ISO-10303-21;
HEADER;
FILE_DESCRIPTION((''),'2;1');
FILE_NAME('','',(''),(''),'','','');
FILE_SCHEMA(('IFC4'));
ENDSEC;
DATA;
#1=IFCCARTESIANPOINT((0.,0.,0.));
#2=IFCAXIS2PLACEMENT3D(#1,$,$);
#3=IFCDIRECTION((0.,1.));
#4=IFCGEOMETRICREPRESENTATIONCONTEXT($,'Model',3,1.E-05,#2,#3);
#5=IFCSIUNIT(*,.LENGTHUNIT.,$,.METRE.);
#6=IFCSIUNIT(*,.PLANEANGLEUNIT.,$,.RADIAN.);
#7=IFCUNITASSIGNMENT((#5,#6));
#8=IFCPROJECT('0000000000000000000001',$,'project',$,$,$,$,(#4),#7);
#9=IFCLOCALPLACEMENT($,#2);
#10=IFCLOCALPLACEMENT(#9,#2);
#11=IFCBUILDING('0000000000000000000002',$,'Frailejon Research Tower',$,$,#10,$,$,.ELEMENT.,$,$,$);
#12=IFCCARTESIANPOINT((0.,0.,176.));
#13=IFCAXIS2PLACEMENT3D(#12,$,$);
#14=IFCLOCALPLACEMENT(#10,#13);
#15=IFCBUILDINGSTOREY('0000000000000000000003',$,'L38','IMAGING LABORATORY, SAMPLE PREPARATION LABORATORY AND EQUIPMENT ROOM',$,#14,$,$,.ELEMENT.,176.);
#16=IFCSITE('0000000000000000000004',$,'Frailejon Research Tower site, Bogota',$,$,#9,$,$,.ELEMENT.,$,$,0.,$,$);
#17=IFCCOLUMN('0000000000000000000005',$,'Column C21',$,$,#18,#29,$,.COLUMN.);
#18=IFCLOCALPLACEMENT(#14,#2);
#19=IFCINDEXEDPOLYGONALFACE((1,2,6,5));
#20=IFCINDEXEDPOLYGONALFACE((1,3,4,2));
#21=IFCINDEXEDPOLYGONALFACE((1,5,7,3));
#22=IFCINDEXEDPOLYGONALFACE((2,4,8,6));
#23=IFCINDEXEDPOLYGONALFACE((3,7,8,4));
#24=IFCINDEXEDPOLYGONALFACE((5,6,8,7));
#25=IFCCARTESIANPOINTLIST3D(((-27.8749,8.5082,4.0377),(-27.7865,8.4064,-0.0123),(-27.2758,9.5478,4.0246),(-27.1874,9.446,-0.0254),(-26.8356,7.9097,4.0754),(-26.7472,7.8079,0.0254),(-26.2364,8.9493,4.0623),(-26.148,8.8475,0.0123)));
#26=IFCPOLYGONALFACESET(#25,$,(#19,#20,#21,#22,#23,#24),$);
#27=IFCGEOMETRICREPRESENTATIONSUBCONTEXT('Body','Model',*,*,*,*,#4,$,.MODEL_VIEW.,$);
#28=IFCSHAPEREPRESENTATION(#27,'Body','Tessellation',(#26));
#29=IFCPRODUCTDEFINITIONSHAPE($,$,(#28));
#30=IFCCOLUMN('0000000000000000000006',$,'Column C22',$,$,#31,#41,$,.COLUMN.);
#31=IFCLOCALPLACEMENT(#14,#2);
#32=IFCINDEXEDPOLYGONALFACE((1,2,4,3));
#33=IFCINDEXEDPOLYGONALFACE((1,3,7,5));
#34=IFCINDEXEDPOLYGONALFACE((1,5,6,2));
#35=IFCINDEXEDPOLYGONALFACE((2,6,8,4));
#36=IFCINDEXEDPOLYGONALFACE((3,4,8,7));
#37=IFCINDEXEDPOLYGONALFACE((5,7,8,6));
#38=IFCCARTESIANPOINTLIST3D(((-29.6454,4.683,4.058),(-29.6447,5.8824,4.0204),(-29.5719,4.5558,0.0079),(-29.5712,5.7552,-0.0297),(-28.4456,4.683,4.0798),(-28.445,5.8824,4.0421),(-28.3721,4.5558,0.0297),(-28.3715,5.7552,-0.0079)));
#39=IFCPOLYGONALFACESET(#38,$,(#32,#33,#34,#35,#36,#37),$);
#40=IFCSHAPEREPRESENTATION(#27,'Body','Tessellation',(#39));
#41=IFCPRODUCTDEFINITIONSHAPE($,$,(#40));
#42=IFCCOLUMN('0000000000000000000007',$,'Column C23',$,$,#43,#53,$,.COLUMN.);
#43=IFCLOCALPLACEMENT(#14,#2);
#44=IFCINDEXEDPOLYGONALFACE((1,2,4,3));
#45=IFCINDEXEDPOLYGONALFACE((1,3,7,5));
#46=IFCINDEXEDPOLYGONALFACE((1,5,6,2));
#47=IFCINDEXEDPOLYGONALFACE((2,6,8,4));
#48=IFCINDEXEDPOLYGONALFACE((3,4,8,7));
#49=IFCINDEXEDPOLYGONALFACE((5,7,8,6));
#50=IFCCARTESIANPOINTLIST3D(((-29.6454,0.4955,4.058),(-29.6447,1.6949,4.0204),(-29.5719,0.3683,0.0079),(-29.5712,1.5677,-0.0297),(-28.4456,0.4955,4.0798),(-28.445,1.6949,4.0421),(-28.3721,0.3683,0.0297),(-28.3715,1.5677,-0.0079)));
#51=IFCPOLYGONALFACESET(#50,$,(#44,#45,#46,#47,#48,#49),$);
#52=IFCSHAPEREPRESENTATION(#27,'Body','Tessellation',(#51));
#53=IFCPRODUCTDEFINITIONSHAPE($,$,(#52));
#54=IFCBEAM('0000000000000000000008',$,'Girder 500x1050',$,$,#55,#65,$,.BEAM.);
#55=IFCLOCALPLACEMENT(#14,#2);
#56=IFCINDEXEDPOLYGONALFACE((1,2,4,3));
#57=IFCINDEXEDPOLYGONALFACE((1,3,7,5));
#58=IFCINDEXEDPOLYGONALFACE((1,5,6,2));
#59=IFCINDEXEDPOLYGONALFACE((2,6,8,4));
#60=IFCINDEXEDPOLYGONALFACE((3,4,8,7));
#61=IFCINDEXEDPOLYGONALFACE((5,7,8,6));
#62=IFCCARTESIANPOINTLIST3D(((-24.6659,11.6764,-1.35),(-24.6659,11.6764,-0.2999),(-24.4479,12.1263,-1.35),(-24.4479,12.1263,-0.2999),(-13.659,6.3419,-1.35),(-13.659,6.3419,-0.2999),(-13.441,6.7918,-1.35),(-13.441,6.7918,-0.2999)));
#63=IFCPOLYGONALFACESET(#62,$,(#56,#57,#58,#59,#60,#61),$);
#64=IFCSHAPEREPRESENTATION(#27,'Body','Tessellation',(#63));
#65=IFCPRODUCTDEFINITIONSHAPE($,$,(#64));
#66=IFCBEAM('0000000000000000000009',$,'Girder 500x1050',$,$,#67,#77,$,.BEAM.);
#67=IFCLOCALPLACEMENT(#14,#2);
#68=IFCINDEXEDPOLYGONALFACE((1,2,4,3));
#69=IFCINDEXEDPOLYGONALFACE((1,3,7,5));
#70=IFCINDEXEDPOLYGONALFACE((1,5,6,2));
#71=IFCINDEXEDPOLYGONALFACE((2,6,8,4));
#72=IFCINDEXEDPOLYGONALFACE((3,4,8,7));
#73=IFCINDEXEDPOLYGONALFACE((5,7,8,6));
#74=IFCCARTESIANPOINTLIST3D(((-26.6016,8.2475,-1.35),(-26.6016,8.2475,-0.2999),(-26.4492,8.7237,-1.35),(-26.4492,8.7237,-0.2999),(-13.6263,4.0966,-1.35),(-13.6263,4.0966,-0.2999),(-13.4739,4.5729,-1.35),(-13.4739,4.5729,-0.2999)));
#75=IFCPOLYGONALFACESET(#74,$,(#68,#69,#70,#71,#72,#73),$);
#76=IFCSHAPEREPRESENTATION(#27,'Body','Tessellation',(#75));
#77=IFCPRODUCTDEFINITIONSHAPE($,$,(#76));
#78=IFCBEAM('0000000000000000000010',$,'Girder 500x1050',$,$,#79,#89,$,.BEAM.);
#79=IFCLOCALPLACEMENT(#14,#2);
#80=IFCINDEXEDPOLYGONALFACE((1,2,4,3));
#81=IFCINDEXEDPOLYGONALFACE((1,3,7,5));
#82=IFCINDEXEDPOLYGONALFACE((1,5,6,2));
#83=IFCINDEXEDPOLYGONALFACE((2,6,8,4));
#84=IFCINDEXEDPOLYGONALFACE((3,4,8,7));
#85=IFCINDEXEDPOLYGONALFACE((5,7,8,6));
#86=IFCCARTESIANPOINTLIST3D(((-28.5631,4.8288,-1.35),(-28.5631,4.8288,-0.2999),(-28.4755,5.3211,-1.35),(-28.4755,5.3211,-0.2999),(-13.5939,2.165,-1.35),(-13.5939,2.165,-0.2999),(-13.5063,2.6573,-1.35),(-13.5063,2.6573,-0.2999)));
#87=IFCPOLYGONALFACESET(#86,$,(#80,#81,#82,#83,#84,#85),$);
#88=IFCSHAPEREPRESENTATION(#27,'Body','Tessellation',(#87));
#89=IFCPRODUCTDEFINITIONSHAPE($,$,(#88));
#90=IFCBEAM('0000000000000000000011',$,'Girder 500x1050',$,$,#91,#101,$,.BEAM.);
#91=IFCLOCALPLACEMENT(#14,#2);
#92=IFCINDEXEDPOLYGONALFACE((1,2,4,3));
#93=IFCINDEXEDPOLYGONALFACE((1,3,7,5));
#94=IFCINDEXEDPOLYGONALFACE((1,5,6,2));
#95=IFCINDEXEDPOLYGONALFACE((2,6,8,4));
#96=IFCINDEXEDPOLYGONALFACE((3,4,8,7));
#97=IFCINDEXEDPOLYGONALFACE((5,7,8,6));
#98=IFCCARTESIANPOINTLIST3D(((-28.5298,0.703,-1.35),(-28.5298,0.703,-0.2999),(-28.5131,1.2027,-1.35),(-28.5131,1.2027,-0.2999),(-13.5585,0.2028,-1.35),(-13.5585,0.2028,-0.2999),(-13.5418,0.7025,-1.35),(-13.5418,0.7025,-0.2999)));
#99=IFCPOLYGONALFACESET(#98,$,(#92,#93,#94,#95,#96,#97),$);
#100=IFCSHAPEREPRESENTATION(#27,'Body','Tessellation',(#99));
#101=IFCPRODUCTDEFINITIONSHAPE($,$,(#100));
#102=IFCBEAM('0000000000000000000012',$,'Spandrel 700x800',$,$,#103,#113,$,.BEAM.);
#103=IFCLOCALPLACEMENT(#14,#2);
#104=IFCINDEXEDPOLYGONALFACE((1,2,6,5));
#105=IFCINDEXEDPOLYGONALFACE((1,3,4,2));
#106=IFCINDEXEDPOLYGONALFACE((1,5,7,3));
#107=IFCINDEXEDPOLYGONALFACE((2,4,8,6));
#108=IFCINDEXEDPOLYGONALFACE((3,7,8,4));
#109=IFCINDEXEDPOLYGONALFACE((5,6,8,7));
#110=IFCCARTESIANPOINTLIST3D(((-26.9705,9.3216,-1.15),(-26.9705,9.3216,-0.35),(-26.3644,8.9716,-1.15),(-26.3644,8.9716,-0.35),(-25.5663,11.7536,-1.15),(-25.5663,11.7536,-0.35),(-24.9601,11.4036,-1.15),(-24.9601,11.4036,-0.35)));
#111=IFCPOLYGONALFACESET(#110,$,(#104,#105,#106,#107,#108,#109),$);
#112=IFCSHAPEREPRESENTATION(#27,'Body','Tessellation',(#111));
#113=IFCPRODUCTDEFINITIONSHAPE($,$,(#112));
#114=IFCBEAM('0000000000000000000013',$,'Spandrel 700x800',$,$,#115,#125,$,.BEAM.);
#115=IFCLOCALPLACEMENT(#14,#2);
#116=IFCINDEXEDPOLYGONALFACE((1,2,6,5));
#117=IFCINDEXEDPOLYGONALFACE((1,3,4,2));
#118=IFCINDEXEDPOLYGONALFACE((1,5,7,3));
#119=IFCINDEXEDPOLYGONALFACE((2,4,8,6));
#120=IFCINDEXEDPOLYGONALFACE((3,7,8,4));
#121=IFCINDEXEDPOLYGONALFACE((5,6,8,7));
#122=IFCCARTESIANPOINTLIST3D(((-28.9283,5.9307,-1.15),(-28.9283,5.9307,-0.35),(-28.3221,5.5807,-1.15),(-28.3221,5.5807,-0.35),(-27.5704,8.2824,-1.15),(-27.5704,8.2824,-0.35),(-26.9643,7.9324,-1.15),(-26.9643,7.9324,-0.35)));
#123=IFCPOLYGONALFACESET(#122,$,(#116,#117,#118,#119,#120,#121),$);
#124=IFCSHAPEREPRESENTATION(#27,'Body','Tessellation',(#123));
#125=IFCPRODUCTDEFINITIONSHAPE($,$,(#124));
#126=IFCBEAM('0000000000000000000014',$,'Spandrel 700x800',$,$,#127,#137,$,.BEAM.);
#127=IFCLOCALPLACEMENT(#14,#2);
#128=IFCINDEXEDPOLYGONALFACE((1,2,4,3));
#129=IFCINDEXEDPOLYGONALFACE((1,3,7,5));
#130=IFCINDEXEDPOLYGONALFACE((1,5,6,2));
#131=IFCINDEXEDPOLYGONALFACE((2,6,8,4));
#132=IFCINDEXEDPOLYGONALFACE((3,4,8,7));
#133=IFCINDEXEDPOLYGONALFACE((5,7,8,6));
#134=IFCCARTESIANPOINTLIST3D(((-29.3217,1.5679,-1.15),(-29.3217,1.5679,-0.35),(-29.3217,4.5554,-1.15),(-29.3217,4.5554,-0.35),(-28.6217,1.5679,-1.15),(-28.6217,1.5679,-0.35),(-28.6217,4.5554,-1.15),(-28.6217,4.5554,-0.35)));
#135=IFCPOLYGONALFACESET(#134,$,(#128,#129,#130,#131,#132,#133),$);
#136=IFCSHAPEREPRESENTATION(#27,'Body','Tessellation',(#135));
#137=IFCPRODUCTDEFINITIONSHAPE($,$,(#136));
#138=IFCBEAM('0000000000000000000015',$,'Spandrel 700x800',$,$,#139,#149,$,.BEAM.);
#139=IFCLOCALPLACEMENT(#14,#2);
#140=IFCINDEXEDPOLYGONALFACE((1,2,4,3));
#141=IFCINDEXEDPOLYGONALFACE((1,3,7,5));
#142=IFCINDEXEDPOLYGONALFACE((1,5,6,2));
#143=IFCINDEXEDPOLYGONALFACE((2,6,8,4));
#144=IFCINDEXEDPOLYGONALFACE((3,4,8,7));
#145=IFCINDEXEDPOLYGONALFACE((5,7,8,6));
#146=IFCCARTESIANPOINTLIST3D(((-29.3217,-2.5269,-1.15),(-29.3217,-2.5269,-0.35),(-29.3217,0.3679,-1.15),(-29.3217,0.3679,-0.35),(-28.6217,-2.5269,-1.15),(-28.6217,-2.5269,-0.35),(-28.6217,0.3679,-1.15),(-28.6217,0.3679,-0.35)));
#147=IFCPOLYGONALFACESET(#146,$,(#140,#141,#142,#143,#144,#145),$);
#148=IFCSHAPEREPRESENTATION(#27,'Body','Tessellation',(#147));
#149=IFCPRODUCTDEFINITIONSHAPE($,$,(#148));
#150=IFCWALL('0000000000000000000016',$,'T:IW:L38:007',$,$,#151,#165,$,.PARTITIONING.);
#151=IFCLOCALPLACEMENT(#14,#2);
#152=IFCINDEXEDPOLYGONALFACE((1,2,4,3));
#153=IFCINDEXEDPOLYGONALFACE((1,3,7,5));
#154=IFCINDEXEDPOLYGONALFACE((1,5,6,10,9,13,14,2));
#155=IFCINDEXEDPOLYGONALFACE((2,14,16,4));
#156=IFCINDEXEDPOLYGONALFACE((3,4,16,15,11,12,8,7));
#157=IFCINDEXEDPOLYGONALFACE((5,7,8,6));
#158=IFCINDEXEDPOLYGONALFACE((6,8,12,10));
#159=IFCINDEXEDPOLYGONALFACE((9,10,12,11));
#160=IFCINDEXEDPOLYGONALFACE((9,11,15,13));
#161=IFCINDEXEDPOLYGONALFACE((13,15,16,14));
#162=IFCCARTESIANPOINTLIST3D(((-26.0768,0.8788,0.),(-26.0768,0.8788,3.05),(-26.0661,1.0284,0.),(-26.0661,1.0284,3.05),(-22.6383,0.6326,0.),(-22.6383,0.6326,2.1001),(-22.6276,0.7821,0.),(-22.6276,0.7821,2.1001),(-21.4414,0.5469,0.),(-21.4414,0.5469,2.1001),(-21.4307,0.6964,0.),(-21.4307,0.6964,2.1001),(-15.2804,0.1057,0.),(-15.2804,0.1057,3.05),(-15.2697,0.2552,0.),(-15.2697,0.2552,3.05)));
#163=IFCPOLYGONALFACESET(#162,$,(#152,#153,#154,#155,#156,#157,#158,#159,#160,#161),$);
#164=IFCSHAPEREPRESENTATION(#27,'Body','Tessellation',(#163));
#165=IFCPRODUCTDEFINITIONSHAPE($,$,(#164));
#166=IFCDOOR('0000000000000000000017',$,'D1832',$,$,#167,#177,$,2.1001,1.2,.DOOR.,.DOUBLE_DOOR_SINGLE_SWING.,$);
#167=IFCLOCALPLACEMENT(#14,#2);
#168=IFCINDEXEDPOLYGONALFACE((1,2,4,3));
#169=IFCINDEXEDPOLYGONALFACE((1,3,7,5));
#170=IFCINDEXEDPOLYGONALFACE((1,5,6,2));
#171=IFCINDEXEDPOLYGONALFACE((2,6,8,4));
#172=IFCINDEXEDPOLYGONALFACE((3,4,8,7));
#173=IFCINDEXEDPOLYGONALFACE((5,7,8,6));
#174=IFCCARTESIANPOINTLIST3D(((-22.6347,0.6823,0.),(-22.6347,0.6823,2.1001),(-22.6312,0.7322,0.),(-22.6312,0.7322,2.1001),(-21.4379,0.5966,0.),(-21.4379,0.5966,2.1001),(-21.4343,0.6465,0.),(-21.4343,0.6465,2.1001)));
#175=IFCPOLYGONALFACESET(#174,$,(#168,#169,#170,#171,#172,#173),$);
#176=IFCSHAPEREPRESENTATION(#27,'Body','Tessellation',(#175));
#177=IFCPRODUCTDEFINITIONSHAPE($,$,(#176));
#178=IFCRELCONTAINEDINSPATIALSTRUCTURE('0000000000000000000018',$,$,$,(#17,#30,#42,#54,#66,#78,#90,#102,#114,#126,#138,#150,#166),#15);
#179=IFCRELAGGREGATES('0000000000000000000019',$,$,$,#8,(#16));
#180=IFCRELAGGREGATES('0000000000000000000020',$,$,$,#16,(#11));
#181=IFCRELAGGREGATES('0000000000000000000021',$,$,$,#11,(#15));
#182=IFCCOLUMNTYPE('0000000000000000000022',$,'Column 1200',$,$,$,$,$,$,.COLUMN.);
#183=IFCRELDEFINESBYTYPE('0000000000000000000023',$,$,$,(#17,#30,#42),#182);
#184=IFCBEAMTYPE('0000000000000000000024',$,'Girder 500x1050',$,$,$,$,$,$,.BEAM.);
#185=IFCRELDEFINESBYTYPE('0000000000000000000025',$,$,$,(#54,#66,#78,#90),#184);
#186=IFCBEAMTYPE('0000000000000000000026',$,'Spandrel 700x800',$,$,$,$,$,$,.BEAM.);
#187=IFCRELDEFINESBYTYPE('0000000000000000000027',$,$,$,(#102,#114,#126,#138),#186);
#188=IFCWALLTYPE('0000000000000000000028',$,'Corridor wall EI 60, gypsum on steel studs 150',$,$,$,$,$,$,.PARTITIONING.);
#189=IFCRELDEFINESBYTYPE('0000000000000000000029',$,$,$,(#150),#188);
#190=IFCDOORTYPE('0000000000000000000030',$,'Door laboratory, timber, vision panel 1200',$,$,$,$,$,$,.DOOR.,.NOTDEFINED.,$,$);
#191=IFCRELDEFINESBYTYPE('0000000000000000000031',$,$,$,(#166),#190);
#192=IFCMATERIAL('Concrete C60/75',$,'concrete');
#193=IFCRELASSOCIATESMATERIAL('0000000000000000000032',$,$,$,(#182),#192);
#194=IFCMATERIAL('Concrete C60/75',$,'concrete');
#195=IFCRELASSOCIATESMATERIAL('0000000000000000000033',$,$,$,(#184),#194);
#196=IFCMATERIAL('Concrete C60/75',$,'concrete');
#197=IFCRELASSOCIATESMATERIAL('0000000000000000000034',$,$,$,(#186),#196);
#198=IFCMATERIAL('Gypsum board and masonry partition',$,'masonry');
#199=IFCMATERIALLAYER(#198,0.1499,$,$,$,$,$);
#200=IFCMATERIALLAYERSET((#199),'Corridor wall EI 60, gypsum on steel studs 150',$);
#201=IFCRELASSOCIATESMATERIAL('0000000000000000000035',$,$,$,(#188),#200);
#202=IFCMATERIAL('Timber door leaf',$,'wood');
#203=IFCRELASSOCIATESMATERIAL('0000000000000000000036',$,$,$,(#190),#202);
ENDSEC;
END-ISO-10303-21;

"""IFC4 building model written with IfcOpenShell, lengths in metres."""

from ifc_helpers import new_model, si_unit, direction, frame, frame_2d, origin, origin_2d, place, context, subcontext, project, spatial, rectangle, extrude, material, layer, layer_set, material_profile, profile_set, type_object, element, fill, save


model = new_model("IFC4")

# Units and contexts
model_context = context("Model", 3, precision=1e-05, world=origin(), true_north=direction((0.0, 1.0)))
body_context = subcontext(model_context, "Body", "Model", "MODEL_VIEW")
ifc_project = project(units=[si_unit("LENGTHUNIT", "METRE"), si_unit("PLANEANGLEUNIT", "RADIAN")], contexts=[model_context])

# Site, building, storey
site_placement = place(None, origin())
site = spatial("IfcSite", under=ifc_project, at=site_placement, Name="Frailejon Research Tower site, Bogota", CompositionType="ELEMENT", RefElevation=0.0)
building_placement = place(site_placement, origin())
building = spatial("IfcBuilding", under=site, at=building_placement, Name="Frailejon Research Tower", CompositionType="ELEMENT")
storey_placement = place(building_placement, frame((0.0, 0.0, 176.0)))
storey = spatial("IfcBuildingStorey", under=building, at=storey_placement, Name="L38", Description="IMAGING LABORATORY, SAMPLE PREPARATION LABORATORY AND EQUIPMENT ROOM", CompositionType="ELEMENT", Elevation=176.0)

# Columns
ifc_material_1 = material(Name="Concrete C60/75", Category="concrete")
ifc_material_profile_1 = material_profile(ifc_material_1, rectangle(XDim=1.2, YDim=1.2, at=origin_2d()), Name="Column 1200")
ifc_profile_set_1 = profile_set([ifc_material_profile_1], Name="Concrete C60/75")
column_type = type_object("IfcColumnType", Name="Column 1200", PredefinedType="COLUMN", material=ifc_profile_set_1)
column_placement = place(storey_placement, frame((-26.9673, 8.627, 0.0), z_axis=(-0.02181, 0.025123, 0.999446), x_axis=(-0.499317, -0.866351, 0.010882)))
element("IfcColumn", 1, at=column_placement, inside=storey, type_object=column_type, Name="Column C21", PredefinedType="COLUMN", context=body_context, shape_type="SweptSolid", body=[
    extrude(rectangle(XDim=1.2, YDim=1.2, at=origin_2d()), origin(), (0.0, 0.0, 1.0), 4.0522),
])
for number, where, z_axis, x_axis, name in (
    (2, (-28.9717, 5.1555, 0.0), (-0.018133, 0.031386, 0.999343), (-0.000565, -0.999507, 0.031381), "Column C22"),
    (3, (-28.9717, 0.968, 0.0), (-0.018133, 0.031386, 0.999343), (-0.000565, -0.999507, 0.031381), "Column C23"),
):
    element("IfcColumn", number, at=place(storey_placement, frame(where, z_axis=z_axis, x_axis=x_axis)), inside=storey, type_object=column_type, Name=name, PredefinedType="COLUMN", context=body_context, shape_type="SweptSolid", body=[
        extrude(rectangle(XDim=1.2, YDim=1.2, at=origin_2d()), origin(), (0.0, 0.0, 1.0), 4.0527),
    ])

# Beams
ifc_material_2 = material(Name="Concrete C60/75", Category="concrete")
ifc_material_profile_2 = material_profile(ifc_material_2, rectangle(XDim=0.5, YDim=1.05, at=origin_2d()), Name="Girder 500x1050")
ifc_profile_set_2 = profile_set([ifc_material_profile_2], Name="Concrete C60/75")
beam_type_1 = type_object("IfcBeamType", Name="Girder 500x1050", PredefinedType="BEAM", material=ifc_profile_set_2)
beam_1_placement = place(storey_placement, frame((-24.5569, 11.9014, -0.825), z_axis=(0.899884, -0.43613, 0.0), x_axis=(0.43613, 0.899884, 0.0)))
element("IfcBeam", 4, at=beam_1_placement, inside=storey, type_object=beam_type_1, Name="Girder 500x1050", PredefinedType="BEAM", context=body_context, shape_type="SweptSolid", body=[
    extrude(rectangle(XDim=0.5, YDim=1.05, at=origin_2d()), origin(), (0.0, 0.0, 1.0), 12.2314),
])
beam_2_placement = place(storey_placement, frame((-26.5254, 8.4856, -0.825), z_axis=(0.95245, -0.304694, 0.0), x_axis=(0.304694, 0.95245, 0.0)))
element("IfcBeam", 5, at=beam_2_placement, inside=storey, type_object=beam_type_1, Name="Girder 500x1050", PredefinedType="BEAM", context=body_context, shape_type="SweptSolid", body=[
    extrude(rectangle(XDim=0.5, YDim=1.05, at=origin_2d()), origin(), (0.0, 0.0, 1.0), 13.623),
])
beam_3_placement = place(storey_placement, frame((-28.5193, 5.075, -0.825), z_axis=(0.984533, -0.1752, 0.0), x_axis=(0.1752, 0.984533, 0.0)))
element("IfcBeam", 6, at=beam_3_placement, inside=storey, type_object=beam_type_1, Name="Girder 500x1050", PredefinedType="BEAM", context=body_context, shape_type="SweptSolid", body=[
    extrude(rectangle(XDim=0.5, YDim=1.05, at=origin_2d()), origin(), (0.0, 0.0, 1.0), 15.2043),
])
beam_4_placement = place(storey_placement, frame((-28.5215, 0.9529, -0.825), z_axis=(0.999442, -0.033395, 0.0), x_axis=(0.033395, 0.999442, 0.0)))
element("IfcBeam", 7, at=beam_4_placement, inside=storey, type_object=beam_type_1, Name="Girder 500x1050", PredefinedType="BEAM", context=body_context, shape_type="SweptSolid", body=[
    extrude(rectangle(XDim=0.5, YDim=1.05, at=origin_2d()), origin(), (0.0, 0.0, 1.0), 14.9797),
])
ifc_material_3 = material(Name="Concrete C60/75", Category="concrete")
ifc_material_profile_3 = material_profile(ifc_material_3, rectangle(XDim=0.7, YDim=0.8, at=origin_2d()), Name="Spandrel 700x800")
ifc_profile_set_3 = profile_set([ifc_material_profile_3], Name="Concrete C60/75")
beam_type_2 = type_object("IfcBeamType", Name="Spandrel 700x800", PredefinedType="BEAM", material=ifc_profile_set_3)
beam_5_placement = place(storey_placement, frame((-25.2632, 11.5786, -0.75), z_axis=(-0.500028, -0.866009, 0.0), x_axis=(0.866009, -0.500028, 0.0)))
element("IfcBeam", 8, at=beam_5_placement, inside=storey, type_object=beam_type_2, Name="Spandrel 700x800", PredefinedType="BEAM", context=body_context, shape_type="SweptSolid", body=[
    extrude(rectangle(XDim=0.7, YDim=0.8, at=origin_2d()), origin(), (0.0, 0.0, 1.0), 2.8083),
])
beam_6_placement = place(storey_placement, frame((-27.2673, 8.1074, -0.75), z_axis=(-0.500026, -0.86601, 0.0), x_axis=(0.86601, -0.500026, 0.0)))
element("IfcBeam", 9, at=beam_6_placement, inside=storey, type_object=beam_type_2, Name="Spandrel 700x800", PredefinedType="BEAM", context=body_context, shape_type="SweptSolid", body=[
    extrude(rectangle(XDim=0.7, YDim=0.8, at=origin_2d()), origin(), (0.0, 0.0, 1.0), 2.7156),
])
beam_7_placement = place(storey_placement, frame((-28.9717, 4.5554, -0.75), z_axis=(0.0, -1.0, 0.0), x_axis=(1.0, 0.0, 0.0)))
element("IfcBeam", 10, at=beam_7_placement, inside=storey, type_object=beam_type_2, Name="Spandrel 700x800", PredefinedType="BEAM", context=body_context, shape_type="SweptSolid", body=[
    extrude(rectangle(XDim=0.7, YDim=0.8, at=origin_2d()), origin(), (0.0, 0.0, 1.0), 2.9875),
])
beam_8_placement = place(storey_placement, frame((-28.9717, 0.3679, -0.75), z_axis=(0.0, -1.0, 0.0), x_axis=(1.0, 0.0, 0.0)))
element("IfcBeam", 11, at=beam_8_placement, inside=storey, type_object=beam_type_2, Name="Spandrel 700x800", PredefinedType="BEAM", context=body_context, shape_type="SweptSolid", body=[
    extrude(rectangle(XDim=0.7, YDim=0.8, at=origin_2d()), origin(), (0.0, 0.0, 1.0), 2.8948),
])

# Wall, opening, door
ifc_material_4 = material(Name="Gypsum board and masonry partition", Category="masonry")
ifc_layer_1 = layer(ifc_material_4, 0.1499)
ifc_layer_set_1 = layer_set([ifc_layer_1], Name="Corridor wall EI 60, gypsum on steel studs 150")
wall_type_1 = type_object("IfcWallType", Name="Corridor wall EI 60, gypsum on steel studs 150", PredefinedType="PARTITIONING", material=ifc_layer_set_1)
wall_1_placement = place(storey_placement, frame((-26.0715, 0.9536, 0.0), z_axis=(0.0, 0.0, 1.0), x_axis=(0.997445, -0.071433, 0.0)))
wall_1 = element("IfcWall", 12, at=wall_1_placement, inside=storey, type_object=wall_type_1, Name="T:IW:L38:007", PredefinedType="PARTITIONING", context=body_context, shape_type="SweptSolid", body=[
    extrude(rectangle(XDim=10.824, YDim=0.1499, at=frame_2d((5.4121, 0.0))), origin(), (0.0, 0.0, 1.0), 3.05),
])
opening_1_placement = place(wall_1_placement, frame((3.4473, 0.0, 0.0)))
opening_1 = element("IfcOpeningElement", 13, at=opening_1_placement, cuts=wall_1, PredefinedType="OPENING", context=body_context, shape_type="SweptSolid", body=[
    extrude(rectangle(XDim=1.2, YDim=2.1001, at=frame_2d((0.6001, 1.05))), frame((0.0, 0.085, 0.0), z_axis=(0.0, -1.0, 0.0), x_axis=(1.0, 0.0, 0.0)), (0.0, 0.0, 1.0), 0.1699),
])
ifc_material_5 = material(Name="Timber door leaf", Category="wood")
door_type = type_object("IfcDoorType", Name="Door laboratory, timber, vision panel 1200", OperationType="NOTDEFINED", PredefinedType="DOOR", material=ifc_material_5)
door_placement = place(opening_1_placement, origin())
door = element("IfcDoor", 14, at=door_placement, inside=storey, type_object=door_type, Name="D1832", OperationType="DOUBLE_DOOR_SINGLE_SWING", OverallHeight=2.1001, OverallWidth=1.2, PredefinedType="DOOR", context=body_context, shape_type="SweptSolid", body=[
    extrude(rectangle(XDim=1.2, YDim=2.1001, at=frame_2d((0.6001, 1.05))), frame((0.0, 0.0249, 0.0), z_axis=(0.0, -1.0, 0.0), x_axis=(1.0, 0.0, 0.0)), (0.0, 0.0, 1.0), 0.05),
])
fill(opening_1, door)

save(model, "model.ifc")
